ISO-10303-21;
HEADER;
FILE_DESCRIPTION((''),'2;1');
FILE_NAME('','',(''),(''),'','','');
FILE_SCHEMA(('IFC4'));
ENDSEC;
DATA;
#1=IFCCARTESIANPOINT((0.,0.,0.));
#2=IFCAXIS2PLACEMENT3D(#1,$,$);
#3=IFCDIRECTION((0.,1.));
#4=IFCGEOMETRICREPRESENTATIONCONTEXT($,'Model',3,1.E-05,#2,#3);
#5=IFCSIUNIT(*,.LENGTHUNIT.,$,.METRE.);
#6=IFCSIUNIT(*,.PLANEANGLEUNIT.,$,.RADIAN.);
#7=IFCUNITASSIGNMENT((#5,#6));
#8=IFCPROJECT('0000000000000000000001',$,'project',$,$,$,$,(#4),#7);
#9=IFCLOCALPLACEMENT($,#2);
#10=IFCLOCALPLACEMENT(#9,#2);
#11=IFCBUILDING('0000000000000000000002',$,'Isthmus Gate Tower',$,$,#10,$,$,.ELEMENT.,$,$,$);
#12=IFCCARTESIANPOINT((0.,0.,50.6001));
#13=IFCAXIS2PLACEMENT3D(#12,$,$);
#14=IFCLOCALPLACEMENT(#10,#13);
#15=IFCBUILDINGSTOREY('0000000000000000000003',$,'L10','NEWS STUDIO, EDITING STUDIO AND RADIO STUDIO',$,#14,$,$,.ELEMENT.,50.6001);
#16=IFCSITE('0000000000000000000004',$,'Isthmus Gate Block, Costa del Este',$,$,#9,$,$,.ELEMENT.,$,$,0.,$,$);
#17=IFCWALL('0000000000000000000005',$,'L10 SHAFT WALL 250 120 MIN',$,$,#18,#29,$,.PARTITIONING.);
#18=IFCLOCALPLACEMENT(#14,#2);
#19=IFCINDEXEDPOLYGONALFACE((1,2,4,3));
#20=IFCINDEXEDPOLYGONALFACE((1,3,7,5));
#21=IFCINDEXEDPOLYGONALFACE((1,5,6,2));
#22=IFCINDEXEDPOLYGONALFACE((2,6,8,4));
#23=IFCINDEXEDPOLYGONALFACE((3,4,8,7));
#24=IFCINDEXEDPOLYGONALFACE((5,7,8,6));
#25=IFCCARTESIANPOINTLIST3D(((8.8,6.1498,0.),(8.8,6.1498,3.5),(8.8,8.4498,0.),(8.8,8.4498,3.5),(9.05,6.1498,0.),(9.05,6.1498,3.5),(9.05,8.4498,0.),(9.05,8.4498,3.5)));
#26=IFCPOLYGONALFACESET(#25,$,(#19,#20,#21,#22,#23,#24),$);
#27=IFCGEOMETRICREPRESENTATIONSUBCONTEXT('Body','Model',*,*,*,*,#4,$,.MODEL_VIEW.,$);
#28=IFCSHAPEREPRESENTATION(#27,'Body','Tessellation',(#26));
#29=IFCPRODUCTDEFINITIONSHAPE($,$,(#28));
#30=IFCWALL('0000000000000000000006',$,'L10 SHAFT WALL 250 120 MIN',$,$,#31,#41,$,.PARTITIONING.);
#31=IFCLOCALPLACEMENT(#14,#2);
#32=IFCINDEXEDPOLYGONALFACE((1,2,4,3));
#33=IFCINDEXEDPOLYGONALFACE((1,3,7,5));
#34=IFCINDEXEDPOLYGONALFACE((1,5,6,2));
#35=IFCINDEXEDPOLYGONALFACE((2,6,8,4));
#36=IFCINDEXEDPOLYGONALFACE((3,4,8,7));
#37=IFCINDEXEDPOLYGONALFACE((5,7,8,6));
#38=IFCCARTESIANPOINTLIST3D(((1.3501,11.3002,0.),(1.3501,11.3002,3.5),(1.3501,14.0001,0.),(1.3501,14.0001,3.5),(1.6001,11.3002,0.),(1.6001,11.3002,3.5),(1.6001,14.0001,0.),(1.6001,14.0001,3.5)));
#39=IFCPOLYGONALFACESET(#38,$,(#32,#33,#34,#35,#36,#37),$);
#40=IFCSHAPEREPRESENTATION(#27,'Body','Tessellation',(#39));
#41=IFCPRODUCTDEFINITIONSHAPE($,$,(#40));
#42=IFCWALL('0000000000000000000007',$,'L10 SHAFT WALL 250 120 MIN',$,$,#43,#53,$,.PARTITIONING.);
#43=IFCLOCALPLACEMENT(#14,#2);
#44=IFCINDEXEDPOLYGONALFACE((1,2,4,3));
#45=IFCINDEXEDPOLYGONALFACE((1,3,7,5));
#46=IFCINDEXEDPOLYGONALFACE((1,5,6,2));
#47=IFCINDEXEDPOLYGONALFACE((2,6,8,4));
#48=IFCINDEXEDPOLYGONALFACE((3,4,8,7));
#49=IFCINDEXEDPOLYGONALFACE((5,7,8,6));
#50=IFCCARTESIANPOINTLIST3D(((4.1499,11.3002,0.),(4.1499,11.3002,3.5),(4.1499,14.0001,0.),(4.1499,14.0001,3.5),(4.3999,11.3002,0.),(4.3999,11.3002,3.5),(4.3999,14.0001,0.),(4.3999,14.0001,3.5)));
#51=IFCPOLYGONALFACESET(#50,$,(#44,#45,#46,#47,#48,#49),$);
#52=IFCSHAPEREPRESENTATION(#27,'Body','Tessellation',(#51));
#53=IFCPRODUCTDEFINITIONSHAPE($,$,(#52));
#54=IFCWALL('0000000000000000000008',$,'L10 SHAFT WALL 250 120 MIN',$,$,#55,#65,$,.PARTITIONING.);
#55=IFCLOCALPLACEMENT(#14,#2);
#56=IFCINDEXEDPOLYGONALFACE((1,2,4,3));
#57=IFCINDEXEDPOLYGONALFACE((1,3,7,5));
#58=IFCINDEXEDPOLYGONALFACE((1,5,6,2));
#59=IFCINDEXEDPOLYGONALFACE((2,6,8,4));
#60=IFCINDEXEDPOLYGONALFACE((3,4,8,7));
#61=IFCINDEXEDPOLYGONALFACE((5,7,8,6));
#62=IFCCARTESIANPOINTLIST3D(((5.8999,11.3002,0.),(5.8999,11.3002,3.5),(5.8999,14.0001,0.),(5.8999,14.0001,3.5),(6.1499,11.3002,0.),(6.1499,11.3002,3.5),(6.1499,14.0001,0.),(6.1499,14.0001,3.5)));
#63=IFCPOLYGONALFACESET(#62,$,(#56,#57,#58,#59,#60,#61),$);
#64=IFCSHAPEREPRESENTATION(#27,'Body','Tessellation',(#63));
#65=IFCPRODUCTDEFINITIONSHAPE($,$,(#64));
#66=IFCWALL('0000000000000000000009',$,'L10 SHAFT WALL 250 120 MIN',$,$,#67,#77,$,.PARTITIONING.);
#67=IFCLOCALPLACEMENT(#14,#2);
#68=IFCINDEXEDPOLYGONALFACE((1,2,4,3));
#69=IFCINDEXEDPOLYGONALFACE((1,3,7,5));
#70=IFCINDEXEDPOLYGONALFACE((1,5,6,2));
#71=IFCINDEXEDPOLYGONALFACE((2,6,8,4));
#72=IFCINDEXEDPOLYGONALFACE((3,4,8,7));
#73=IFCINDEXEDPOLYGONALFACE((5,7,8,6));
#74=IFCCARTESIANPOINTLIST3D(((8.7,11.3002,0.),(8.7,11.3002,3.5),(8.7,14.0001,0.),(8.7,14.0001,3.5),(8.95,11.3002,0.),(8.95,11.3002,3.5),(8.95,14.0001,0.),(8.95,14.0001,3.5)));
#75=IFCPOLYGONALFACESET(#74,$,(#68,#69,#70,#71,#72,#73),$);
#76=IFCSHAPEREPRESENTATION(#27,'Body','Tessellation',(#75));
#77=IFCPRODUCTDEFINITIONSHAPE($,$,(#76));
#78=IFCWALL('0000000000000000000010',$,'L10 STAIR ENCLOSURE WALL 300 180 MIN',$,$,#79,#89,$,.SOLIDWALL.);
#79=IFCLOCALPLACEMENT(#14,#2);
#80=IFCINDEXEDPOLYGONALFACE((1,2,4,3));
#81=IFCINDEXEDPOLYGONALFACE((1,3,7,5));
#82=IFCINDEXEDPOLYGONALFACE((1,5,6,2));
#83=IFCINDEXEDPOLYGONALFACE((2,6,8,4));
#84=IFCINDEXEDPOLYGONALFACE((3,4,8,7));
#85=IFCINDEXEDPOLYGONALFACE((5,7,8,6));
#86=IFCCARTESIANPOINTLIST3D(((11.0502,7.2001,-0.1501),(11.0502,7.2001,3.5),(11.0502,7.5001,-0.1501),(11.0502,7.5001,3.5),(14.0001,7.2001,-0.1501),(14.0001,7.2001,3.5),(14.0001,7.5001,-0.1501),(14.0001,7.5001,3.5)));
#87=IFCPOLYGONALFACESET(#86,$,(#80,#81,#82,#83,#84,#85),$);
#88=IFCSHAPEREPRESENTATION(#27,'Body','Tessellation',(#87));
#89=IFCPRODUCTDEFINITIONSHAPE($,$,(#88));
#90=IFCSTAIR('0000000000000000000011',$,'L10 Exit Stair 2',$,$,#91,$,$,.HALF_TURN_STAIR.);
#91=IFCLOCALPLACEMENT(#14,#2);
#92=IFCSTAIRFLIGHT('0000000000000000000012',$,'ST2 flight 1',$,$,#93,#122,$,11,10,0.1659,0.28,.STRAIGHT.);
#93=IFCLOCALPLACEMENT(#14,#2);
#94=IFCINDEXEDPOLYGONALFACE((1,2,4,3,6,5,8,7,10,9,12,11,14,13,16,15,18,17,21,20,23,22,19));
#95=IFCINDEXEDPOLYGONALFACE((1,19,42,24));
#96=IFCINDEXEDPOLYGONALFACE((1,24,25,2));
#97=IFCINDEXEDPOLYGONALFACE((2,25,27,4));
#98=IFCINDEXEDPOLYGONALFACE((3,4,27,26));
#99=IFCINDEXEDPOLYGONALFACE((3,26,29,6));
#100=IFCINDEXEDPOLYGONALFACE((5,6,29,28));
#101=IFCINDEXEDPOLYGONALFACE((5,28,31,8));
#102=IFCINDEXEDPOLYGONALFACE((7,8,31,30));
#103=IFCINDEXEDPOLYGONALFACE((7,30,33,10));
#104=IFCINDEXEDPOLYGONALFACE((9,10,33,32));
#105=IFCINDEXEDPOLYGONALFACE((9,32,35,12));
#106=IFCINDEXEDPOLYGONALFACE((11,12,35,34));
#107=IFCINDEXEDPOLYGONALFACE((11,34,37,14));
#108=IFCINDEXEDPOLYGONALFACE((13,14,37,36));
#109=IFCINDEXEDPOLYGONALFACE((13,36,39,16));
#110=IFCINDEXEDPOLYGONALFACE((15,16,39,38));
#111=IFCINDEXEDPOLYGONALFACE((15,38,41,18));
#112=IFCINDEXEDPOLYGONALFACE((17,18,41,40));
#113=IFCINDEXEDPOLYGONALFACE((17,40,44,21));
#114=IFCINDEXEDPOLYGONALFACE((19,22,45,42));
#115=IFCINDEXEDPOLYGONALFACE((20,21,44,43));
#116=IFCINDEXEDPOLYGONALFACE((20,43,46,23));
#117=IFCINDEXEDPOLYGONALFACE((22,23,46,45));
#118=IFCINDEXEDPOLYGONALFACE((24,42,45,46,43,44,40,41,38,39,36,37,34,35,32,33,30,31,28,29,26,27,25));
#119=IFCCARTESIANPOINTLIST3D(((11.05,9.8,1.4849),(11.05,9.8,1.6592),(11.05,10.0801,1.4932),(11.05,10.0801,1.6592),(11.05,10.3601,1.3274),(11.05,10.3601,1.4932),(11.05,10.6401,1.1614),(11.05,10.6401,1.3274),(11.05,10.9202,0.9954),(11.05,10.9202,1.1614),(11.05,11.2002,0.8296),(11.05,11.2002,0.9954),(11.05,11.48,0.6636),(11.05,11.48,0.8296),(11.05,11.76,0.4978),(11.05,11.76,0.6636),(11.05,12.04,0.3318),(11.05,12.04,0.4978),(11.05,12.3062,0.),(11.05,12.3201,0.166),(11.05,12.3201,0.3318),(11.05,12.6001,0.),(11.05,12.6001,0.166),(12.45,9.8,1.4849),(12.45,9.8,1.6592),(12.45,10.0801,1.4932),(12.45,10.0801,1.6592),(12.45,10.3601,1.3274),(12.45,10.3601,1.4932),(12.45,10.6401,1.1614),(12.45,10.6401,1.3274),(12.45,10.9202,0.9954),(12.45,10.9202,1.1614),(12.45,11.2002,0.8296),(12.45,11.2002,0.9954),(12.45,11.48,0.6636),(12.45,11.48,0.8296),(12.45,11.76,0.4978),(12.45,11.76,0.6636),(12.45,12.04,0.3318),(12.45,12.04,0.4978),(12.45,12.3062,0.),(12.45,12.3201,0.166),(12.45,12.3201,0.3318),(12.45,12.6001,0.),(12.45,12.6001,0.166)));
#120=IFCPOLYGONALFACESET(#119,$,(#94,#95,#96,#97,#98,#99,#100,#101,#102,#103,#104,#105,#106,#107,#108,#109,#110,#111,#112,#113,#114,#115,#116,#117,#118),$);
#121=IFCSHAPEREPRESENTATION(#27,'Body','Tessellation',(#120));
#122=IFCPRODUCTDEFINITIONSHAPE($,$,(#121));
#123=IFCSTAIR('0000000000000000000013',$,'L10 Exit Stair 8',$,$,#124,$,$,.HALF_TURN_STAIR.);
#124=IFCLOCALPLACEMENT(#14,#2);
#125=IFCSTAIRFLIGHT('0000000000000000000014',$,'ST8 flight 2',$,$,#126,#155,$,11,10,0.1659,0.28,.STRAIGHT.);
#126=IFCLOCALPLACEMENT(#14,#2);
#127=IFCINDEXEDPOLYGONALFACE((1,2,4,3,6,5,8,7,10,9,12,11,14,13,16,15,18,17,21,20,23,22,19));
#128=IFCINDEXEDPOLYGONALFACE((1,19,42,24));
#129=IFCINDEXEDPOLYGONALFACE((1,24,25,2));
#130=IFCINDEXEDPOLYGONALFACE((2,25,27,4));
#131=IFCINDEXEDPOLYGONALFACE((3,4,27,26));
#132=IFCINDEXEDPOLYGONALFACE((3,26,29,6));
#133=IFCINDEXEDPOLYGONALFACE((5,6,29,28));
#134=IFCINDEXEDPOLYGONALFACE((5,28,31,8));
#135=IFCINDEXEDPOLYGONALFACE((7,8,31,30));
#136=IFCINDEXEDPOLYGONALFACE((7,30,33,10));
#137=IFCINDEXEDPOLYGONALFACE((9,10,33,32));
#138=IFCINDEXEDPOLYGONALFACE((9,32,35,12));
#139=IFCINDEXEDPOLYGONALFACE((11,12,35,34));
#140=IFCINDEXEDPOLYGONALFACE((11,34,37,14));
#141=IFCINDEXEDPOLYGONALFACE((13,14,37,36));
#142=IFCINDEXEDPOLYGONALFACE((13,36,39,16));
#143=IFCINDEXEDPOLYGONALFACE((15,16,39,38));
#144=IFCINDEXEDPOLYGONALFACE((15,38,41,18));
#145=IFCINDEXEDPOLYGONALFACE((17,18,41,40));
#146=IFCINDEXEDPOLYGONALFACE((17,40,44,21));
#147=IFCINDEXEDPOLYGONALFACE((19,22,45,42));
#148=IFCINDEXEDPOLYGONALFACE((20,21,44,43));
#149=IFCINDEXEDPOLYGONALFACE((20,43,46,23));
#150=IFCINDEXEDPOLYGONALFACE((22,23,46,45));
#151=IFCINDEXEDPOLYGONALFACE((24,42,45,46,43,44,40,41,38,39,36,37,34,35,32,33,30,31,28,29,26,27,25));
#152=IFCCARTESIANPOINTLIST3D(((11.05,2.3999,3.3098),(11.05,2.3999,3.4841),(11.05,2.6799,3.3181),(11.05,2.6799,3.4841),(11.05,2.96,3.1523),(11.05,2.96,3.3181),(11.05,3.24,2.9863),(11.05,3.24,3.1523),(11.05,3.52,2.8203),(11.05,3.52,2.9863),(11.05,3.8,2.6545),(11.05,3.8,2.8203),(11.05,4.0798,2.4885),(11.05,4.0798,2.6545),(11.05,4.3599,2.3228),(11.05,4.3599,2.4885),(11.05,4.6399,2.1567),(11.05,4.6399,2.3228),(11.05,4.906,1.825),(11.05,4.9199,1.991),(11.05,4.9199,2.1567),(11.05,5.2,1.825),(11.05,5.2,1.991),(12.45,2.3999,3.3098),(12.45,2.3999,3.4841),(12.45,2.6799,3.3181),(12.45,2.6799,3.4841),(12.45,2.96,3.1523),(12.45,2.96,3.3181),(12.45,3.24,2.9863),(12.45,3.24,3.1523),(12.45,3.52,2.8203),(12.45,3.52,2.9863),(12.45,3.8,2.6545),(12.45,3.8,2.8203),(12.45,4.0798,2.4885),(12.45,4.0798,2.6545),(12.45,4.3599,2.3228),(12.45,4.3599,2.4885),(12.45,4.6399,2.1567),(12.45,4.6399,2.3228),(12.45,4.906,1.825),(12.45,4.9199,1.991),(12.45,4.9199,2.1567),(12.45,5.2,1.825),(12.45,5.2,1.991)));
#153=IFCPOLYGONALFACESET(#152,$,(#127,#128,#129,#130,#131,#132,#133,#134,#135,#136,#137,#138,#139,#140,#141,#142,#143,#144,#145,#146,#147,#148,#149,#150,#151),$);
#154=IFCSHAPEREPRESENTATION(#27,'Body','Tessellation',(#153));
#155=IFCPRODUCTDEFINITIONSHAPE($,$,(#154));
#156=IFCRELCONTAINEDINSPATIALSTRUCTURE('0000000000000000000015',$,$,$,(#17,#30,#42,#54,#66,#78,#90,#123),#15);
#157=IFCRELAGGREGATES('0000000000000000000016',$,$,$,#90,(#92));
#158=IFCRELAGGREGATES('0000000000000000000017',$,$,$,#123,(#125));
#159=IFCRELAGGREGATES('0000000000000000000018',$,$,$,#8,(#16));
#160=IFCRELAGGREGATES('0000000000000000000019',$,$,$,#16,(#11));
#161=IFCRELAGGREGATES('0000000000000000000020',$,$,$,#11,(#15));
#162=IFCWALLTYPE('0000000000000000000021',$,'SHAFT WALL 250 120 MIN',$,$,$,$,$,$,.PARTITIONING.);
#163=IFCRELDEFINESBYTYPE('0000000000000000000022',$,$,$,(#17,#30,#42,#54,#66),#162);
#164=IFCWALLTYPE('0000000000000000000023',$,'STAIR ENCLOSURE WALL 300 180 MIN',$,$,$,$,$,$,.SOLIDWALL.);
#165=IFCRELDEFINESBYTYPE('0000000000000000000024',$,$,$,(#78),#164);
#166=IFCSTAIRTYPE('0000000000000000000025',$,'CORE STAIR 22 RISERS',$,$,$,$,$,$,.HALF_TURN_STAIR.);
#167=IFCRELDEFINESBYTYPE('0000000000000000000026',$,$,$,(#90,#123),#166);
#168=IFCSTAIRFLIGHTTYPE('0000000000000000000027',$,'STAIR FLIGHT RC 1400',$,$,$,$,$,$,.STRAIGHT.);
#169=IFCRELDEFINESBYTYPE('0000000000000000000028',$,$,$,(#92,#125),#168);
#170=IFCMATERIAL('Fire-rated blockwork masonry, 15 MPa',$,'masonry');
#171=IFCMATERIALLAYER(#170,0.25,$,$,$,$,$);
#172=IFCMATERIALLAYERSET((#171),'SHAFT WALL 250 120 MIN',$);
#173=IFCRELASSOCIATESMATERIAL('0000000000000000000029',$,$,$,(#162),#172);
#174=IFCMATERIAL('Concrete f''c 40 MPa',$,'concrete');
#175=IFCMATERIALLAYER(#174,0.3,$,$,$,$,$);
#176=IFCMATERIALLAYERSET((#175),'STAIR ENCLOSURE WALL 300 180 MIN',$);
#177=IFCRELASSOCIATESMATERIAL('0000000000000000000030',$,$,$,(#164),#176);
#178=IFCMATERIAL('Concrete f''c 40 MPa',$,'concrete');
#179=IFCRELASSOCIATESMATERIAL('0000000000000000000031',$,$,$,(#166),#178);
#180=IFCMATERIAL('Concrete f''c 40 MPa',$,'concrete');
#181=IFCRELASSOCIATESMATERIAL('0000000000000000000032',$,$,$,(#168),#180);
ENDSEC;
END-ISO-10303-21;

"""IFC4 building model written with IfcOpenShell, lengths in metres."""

from ifc_helpers import new_model, si_unit, direction, frame, frame_2d, origin, place, context, subcontext, project, spatial, polyline, rectangle, outline, extrude, material, layer, layer_set, type_object, element, aggregate, save


model = new_model("IFC4")

# Units and contexts
model_context = context("Model", 3, precision=1e-05, world=origin(), true_north=direction((0.0, 1.0)))
body_context = subcontext(model_context, "Body", "Model", "MODEL_VIEW")
ifc_project = project(units=[si_unit("LENGTHUNIT", "METRE"), si_unit("PLANEANGLEUNIT", "RADIAN")], contexts=[model_context])

# Site, building, storey
site_placement = place(None, origin())
site = spatial("IfcSite", under=ifc_project, at=site_placement, Name="Isthmus Gate Block, Costa del Este", CompositionType="ELEMENT", RefElevation=0.0)
building_placement = place(site_placement, origin())
building = spatial("IfcBuilding", under=site, at=building_placement, Name="Isthmus Gate Tower", CompositionType="ELEMENT")
storey_placement = place(building_placement, frame((0.0, 0.0, 50.6001)))
storey = spatial("IfcBuildingStorey", under=building, at=storey_placement, Name="L10", Description="NEWS STUDIO, EDITING STUDIO AND RADIO STUDIO", CompositionType="ELEMENT", Elevation=50.6001)

# Walls
ifc_material_1 = material(Name="Fire-rated blockwork masonry, 15 MPa", Category="masonry")
ifc_layer_1 = layer(ifc_material_1, 0.25)
ifc_layer_set_1 = layer_set([ifc_layer_1], Name="SHAFT WALL 250 120 MIN")
wall_type_1 = type_object("IfcWallType", Name="SHAFT WALL 250 120 MIN", PredefinedType="PARTITIONING", material=ifc_layer_set_1)
wall_1_placement = place(storey_placement, frame((8.925, 6.1499, 0.0), z_axis=(0.0, 0.0, 1.0), x_axis=(0.0, 1.0, 0.0)))
element("IfcWall", 1, at=wall_1_placement, inside=storey, type_object=wall_type_1, Name="L10 SHAFT WALL 250 120 MIN", PredefinedType="PARTITIONING", context=body_context, shape_type="SweptSolid", body=[
    extrude(rectangle(XDim=2.3, YDim=0.25, at=frame_2d((1.1499, 0.0))), origin(), (0.0, 0.0, 1.0), 3.5),
])
for number, where, z_axis, x_axis, name in (
    (2, (1.4751, 11.3, 0.0), (0.0, 0.0, 1.0), (0.0, 1.0, 0.0), "L10 SHAFT WALL 250 120 MIN"),
    (3, (4.2749, 11.3, 0.0), (0.0, 0.0, 1.0), (0.0, 1.0, 0.0), "L10 SHAFT WALL 250 120 MIN"),
    (4, (6.0249, 11.3, 0.0), (0.0, 0.0, 1.0), (0.0, 1.0, 0.0), "L10 SHAFT WALL 250 120 MIN"),
    (5, (8.825, 11.3, 0.0), (0.0, 0.0, 1.0), (0.0, 1.0, 0.0), "L10 SHAFT WALL 250 120 MIN"),
):
    element("IfcWall", number, at=place(storey_placement, frame(where, z_axis=z_axis, x_axis=x_axis)), inside=storey, type_object=wall_type_1, Name=name, PredefinedType="PARTITIONING", context=body_context, shape_type="SweptSolid", body=[
        extrude(rectangle(XDim=2.7, YDim=0.25, at=frame_2d((1.3501, 0.0))), origin(), (0.0, 0.0, 1.0), 3.5),
    ])
ifc_material_2 = material(Name="Concrete f'c 40 MPa", Category="concrete")
ifc_layer_2 = layer(ifc_material_2, 0.3)
ifc_layer_set_2 = layer_set([ifc_layer_2], Name="STAIR ENCLOSURE WALL 300 180 MIN")
wall_type_2 = type_object("IfcWallType", Name="STAIR ENCLOSURE WALL 300 180 MIN", PredefinedType="SOLIDWALL", material=ifc_layer_set_2)
wall_2_placement = place(storey_placement, frame((11.05, 7.3501, -0.1501), z_axis=(0.0, 0.0, 1.0), x_axis=(1.0, 0.0, 0.0)))
element("IfcWall", 6, at=wall_2_placement, inside=storey, type_object=wall_type_2, Name="L10 STAIR ENCLOSURE WALL 300 180 MIN", PredefinedType="SOLIDWALL", context=body_context, shape_type="SweptSolid", body=[
    extrude(rectangle(XDim=2.95, YDim=0.3, at=frame_2d((1.4751, 0.0))), origin(), (0.0, 0.0, 1.0), 3.6501),
])

# Stairs, stair flights
ifc_material_3 = material(Name="Concrete f'c 40 MPa", Category="concrete")
stair_type = type_object("IfcStairType", Name="CORE STAIR 22 RISERS", PredefinedType="HALF_TURN_STAIR", material=ifc_material_3)
stair_1_placement = place(storey_placement, origin())
stair_1 = element("IfcStair", 7, at=stair_1_placement, inside=storey, type_object=stair_type, Name="L10 Exit Stair 2", PredefinedType="HALF_TURN_STAIR")
ifc_material_4 = material(Name="Concrete f'c 40 MPa", Category="concrete")
stair_flight_type = type_object("IfcStairFlightType", Name="STAIR FLIGHT RC 1400", PredefinedType="STRAIGHT", material=ifc_material_4)
stair_flight_1_placement = place(storey_placement, frame((11.75, 12.6001, 0.0), z_axis=(0.0, 0.0, 1.0), x_axis=(0.0, -1.0, 0.0)))
stair_flight_1 = element("IfcStairFlight", 8, at=stair_flight_1_placement, type_object=stair_flight_type, Name="ST2 flight 1", NumberOfRisers=11, NumberOfTreads=10, PredefinedType="STRAIGHT", RiserHeight=0.1659, TreadLength=0.28, context=body_context, shape_type="SweptSolid", body=[
    extrude(outline(polyline([(0.0, 0.0), (0.0, 0.166), (0.28, 0.166), (0.28, 0.3318), (0.5601, 0.3318), (0.5601, 0.4978), (0.8401, 0.4978), (0.8401, 0.6636), (1.1201, 0.6636), (1.1201, 0.8296), (1.3999, 0.8296), (1.3999, 0.9954), (1.6799, 0.9954), (1.6799, 1.1614), (1.96, 1.1614), (1.96, 1.3274), (2.24, 1.3274), (2.24, 1.4932), (2.52, 1.4932), (2.52, 1.6592), (2.8, 1.6592), (2.8, 1.825), (2.8, 1.4849), (0.2939, 0.0), (0.0, 0.0)])), frame((0.0, 0.7, 0.0), z_axis=(0.0, -1.0, 0.0), x_axis=(1.0, 0.0, 0.0)), (0.0, 0.0, 1.0), 1.3999),
])
aggregate(stair_1, [stair_flight_1])
stair_2_placement = place(storey_placement, origin())
stair_2 = element("IfcStair", 9, at=stair_2_placement, inside=storey, type_object=stair_type, Name="L10 Exit Stair 8", PredefinedType="HALF_TURN_STAIR")
stair_flight_2_placement = place(storey_placement, frame((11.75, 5.2, 1.825), z_axis=(0.0, 0.0, 1.0), x_axis=(0.0, -1.0, 0.0)))
stair_flight_2 = element("IfcStairFlight", 10, at=stair_flight_2_placement, type_object=stair_flight_type, Name="ST8 flight 2", NumberOfRisers=11, NumberOfTreads=10, PredefinedType="STRAIGHT", RiserHeight=0.1659, TreadLength=0.28, context=body_context, shape_type="SweptSolid", body=[
    extrude(outline(polyline([(0.0, 0.0), (0.0, 0.166), (0.28, 0.166), (0.28, 0.3318), (0.5601, 0.3318), (0.5601, 0.4978), (0.8401, 0.4978), (0.8401, 0.6636), (1.1201, 0.6636), (1.1201, 0.8296), (1.3999, 0.8296), (1.3999, 0.9954), (1.6799, 0.9954), (1.6799, 1.1614), (1.96, 1.1614), (1.96, 1.3274), (2.24, 1.3274), (2.24, 1.4932), (2.52, 1.4932), (2.52, 1.6592), (2.8, 1.6592), (2.8, 1.825), (2.8, 1.4849), (0.2939, 0.0), (0.0, 0.0)])), frame((0.0, 0.7, 0.0), z_axis=(0.0, -1.0, 0.0), x_axis=(1.0, 0.0, 0.0)), (0.0, 0.0, 1.0), 1.3999),
])
aggregate(stair_2, [stair_flight_2])

save(model, "model.ifc")
